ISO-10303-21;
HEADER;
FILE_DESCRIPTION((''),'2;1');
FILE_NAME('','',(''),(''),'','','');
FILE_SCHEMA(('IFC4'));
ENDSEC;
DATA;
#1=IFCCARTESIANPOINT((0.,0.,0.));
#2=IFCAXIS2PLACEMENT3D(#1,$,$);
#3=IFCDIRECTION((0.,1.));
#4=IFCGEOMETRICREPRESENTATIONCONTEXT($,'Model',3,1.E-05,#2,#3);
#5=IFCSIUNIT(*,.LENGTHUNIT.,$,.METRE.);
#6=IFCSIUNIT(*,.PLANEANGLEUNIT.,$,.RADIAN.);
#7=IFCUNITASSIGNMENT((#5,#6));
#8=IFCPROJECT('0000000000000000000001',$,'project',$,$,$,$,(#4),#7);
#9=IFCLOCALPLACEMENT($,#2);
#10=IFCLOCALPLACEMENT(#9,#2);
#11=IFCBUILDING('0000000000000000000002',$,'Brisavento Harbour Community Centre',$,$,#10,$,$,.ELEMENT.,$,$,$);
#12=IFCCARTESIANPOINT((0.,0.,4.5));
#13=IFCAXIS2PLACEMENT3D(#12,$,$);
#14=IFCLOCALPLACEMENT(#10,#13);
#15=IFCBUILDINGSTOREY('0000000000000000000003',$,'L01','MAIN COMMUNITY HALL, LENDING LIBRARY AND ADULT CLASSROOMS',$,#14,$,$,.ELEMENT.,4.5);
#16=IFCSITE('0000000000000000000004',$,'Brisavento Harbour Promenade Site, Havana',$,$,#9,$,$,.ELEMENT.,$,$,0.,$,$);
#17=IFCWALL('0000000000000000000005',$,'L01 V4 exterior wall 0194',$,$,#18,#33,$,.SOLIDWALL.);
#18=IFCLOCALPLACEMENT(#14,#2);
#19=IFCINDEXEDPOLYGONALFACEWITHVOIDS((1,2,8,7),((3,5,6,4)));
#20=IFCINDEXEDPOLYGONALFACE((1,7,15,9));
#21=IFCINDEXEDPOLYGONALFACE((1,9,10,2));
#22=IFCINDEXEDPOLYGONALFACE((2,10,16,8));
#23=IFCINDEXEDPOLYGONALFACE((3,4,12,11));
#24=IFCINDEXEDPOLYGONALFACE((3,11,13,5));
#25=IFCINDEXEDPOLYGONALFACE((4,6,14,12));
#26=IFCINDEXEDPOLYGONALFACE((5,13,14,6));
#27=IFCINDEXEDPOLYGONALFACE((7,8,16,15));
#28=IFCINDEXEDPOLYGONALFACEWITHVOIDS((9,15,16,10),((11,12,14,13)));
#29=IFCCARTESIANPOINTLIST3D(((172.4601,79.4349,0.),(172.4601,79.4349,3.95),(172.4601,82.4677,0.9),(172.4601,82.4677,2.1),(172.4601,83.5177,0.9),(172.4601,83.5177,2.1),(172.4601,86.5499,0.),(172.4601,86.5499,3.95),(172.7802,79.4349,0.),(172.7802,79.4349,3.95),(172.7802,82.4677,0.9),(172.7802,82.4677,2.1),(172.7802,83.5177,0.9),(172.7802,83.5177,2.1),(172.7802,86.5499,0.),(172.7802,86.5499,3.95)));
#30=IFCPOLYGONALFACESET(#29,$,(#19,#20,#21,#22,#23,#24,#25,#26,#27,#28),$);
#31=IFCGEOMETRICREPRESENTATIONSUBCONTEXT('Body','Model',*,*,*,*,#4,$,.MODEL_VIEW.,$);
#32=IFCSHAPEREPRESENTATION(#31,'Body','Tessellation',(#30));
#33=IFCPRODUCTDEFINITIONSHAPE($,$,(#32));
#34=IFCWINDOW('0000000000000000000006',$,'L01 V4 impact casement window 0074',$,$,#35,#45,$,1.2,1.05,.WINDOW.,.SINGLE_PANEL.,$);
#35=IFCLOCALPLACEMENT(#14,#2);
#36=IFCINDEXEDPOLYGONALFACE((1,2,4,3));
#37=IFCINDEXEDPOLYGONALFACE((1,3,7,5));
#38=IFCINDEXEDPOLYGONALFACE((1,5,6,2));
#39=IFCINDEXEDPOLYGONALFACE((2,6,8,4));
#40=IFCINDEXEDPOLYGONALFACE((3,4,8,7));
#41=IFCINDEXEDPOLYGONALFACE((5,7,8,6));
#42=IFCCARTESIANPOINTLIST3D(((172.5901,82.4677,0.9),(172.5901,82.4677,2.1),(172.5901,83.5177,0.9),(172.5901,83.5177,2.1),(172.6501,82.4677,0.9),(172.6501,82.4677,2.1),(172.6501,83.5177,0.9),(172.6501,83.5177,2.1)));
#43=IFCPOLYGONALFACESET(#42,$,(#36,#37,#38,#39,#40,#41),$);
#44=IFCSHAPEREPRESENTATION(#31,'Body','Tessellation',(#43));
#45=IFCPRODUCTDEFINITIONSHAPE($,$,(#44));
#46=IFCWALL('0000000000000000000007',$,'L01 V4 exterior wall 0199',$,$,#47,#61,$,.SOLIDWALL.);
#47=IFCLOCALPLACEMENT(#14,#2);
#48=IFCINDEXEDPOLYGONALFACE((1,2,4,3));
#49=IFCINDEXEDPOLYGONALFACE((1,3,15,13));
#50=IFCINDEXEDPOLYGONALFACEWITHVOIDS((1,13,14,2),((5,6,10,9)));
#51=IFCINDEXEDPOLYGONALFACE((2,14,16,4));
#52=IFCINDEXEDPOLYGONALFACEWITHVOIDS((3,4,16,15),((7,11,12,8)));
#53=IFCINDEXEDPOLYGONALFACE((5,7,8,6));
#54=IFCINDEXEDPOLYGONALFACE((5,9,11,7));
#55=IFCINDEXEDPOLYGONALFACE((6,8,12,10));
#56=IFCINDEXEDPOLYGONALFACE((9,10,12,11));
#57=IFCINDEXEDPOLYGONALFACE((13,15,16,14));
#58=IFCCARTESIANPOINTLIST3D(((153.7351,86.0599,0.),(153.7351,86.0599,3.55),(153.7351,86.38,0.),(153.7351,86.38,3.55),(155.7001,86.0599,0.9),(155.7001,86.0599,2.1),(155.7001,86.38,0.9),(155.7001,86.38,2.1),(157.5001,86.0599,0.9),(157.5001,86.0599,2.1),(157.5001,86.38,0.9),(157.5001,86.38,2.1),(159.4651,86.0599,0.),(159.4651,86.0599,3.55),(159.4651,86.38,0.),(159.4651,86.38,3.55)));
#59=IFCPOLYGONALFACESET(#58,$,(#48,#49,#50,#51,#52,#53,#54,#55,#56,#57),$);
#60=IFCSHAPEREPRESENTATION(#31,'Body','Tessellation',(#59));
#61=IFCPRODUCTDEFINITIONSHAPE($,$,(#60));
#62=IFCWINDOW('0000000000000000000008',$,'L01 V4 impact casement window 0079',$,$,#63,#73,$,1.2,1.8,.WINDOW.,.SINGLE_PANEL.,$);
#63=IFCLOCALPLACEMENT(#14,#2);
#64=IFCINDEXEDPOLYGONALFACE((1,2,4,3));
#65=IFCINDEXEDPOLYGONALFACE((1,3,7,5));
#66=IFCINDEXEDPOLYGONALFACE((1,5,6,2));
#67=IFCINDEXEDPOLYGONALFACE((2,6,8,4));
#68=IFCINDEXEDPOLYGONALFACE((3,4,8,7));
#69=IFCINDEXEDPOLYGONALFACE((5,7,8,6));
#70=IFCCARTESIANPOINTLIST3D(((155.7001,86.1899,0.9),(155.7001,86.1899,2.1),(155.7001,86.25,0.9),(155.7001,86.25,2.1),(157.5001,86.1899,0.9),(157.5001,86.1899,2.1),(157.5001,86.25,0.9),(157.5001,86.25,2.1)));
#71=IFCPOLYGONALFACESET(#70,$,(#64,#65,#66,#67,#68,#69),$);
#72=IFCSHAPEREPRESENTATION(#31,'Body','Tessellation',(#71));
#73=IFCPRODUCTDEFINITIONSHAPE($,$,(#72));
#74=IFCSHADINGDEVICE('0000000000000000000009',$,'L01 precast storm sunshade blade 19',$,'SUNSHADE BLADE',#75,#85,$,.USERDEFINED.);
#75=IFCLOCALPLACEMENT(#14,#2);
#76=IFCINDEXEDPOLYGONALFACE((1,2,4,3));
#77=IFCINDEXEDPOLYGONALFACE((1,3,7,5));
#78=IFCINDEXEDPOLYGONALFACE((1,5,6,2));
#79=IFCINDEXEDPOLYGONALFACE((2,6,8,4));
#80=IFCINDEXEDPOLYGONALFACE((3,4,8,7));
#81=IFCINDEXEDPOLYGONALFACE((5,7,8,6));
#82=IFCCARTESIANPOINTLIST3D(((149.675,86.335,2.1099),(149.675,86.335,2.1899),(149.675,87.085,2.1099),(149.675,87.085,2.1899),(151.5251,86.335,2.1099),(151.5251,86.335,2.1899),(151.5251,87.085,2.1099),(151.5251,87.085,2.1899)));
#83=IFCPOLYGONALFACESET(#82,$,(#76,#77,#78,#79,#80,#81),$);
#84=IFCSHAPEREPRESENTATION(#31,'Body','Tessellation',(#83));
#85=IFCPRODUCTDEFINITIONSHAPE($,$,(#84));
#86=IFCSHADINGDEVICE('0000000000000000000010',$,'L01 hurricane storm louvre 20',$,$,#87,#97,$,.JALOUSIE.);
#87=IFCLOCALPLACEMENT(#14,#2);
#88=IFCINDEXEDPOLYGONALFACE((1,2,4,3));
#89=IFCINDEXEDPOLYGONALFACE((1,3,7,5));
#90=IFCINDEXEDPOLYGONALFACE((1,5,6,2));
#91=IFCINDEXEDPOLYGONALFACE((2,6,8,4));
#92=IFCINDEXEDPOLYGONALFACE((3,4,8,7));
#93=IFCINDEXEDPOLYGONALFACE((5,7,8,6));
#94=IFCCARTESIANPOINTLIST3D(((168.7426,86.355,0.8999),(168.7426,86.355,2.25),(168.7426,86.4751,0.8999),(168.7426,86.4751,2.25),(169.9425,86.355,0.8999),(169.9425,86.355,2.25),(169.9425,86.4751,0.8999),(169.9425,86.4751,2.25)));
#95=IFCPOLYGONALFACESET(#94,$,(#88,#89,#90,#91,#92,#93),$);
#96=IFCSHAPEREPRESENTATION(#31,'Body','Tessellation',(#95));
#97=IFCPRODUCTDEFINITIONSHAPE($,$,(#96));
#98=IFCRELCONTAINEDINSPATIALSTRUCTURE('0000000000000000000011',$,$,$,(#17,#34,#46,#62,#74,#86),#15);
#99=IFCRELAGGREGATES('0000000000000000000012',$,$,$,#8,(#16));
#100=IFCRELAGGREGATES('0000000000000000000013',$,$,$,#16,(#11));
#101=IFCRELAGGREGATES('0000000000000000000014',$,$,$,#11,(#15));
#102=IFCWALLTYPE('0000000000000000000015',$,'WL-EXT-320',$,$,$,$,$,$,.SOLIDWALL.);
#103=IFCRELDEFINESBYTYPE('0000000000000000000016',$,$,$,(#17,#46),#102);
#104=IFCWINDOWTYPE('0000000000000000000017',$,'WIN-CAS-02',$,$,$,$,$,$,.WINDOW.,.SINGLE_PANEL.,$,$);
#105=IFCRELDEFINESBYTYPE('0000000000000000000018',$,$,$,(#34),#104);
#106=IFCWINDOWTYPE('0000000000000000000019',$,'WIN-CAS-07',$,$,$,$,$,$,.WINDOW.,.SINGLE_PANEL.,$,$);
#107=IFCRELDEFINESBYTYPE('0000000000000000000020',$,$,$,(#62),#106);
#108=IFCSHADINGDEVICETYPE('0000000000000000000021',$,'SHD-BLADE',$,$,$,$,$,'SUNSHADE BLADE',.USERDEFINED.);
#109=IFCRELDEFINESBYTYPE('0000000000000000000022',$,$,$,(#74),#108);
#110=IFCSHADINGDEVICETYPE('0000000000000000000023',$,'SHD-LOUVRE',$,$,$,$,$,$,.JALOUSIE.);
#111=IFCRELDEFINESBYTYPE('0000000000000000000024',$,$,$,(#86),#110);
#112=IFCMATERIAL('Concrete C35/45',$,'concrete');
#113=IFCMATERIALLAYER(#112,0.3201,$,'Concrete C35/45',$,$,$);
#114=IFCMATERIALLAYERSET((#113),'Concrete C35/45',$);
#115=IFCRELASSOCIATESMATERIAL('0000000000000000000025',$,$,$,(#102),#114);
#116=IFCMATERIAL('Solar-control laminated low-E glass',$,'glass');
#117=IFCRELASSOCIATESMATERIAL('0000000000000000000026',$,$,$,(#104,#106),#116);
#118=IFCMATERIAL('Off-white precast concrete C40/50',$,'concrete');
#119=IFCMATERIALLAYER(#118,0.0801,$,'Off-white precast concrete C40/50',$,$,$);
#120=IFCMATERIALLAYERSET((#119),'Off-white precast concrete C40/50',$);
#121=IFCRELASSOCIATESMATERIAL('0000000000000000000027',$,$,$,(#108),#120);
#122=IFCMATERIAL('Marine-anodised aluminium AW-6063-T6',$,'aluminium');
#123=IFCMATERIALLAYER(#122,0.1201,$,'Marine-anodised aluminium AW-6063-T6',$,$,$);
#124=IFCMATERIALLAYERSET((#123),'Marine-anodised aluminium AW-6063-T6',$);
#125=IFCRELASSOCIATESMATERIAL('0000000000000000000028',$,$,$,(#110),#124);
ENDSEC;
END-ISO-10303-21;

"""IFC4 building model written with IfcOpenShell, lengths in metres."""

from ifc_helpers import new_model, si_unit, direction, frame, frame_2d, origin, origin_2d, place, context, subcontext, project, spatial, rectangle, extrude, material, layer, layer_set, type_object, element, fill, save


model = new_model("IFC4")

# Units and contexts
model_context = context("Model", 3, precision=1e-05, world=origin(), true_north=direction((0.0, 1.0)))
body_context = subcontext(model_context, "Body", "Model", "MODEL_VIEW")
ifc_project = project(units=[si_unit("LENGTHUNIT", "METRE"), si_unit("PLANEANGLEUNIT", "RADIAN")], contexts=[model_context])

# Site, building, storey
site_placement = place(None, origin())
site = spatial("IfcSite", under=ifc_project, at=site_placement, Name="Brisavento Harbour Promenade Site, Havana", CompositionType="ELEMENT", RefElevation=0.0)
building_placement = place(site_placement, origin())
building = spatial("IfcBuilding", under=site, at=building_placement, Name="Brisavento Harbour Community Centre", CompositionType="ELEMENT")
storey_placement = place(building_placement, frame((0.0, 0.0, 4.5)))
storey = spatial("IfcBuildingStorey", under=building, at=storey_placement, Name="L01", Description="MAIN COMMUNITY HALL, LENDING LIBRARY AND ADULT CLASSROOMS", CompositionType="ELEMENT", Elevation=4.5)

# Walls, openings, windows
ifc_material_1 = material(Name="Solar-control laminated low-E glass", Category="glass")
ifc_material_2 = material(Name="Concrete C35/45", Category="concrete")
ifc_layer_1 = layer(ifc_material_2, 0.3201, Name="Concrete C35/45")
ifc_layer_set_1 = layer_set([ifc_layer_1], Name="Concrete C35/45")
wall_type_1 = type_object("IfcWallType", Name="WL-EXT-320", PredefinedType="SOLIDWALL", material=ifc_layer_set_1)
wall_1_placement = place(storey_placement, frame((172.6201, 86.55, 0.0), z_axis=(0.0, 0.0, 1.0), x_axis=(0.0, -1.0, 0.0)))
wall_1 = element("IfcWall", 1, at=wall_1_placement, inside=storey, type_object=wall_type_1, Name="L01 V4 exterior wall 0194", PredefinedType="SOLIDWALL", context=body_context, shape_type="SweptSolid", body=[
    extrude(rectangle(XDim=7.115, YDim=0.3201, at=frame_2d((3.5576, 0.0))), origin(), (0.0, 0.0, 1.0), 3.95),
])
opening_1_placement = place(wall_1_placement, frame((3.0325, 0.0, 0.8999)))
opening_1 = element("IfcOpeningElement", 2, at=opening_1_placement, cuts=wall_1, PredefinedType="OPENING", context=body_context, shape_type="SweptSolid", body=[
    extrude(rectangle(XDim=1.05, YDim=1.2, at=frame_2d((0.5249, 0.6001))), frame((0.0, 0.1699, 0.0), z_axis=(0.0, -1.0, 0.0), x_axis=(1.0, 0.0, 0.0)), (0.0, 0.0, 1.0), 0.3401),
])
window_type_1 = type_object("IfcWindowType", Name="WIN-CAS-02", PartitioningType="SINGLE_PANEL", PredefinedType="WINDOW", material=ifc_material_1)
window_1_placement = place(opening_1_placement, origin())
window_1 = element("IfcWindow", 3, at=window_1_placement, inside=storey, type_object=window_type_1, Name="L01 V4 impact casement window 0074", OverallHeight=1.2, OverallWidth=1.05, PartitioningType="SINGLE_PANEL", PredefinedType="WINDOW", context=body_context, shape_type="SweptSolid", body=[
    extrude(rectangle(XDim=1.05, YDim=1.2, at=frame_2d((0.5249, 0.6001))), frame((0.0, 0.03, 0.0), z_axis=(0.0, -1.0, 0.0), x_axis=(1.0, 0.0, 0.0)), (0.0, 0.0, 1.0), 0.0601),
])
fill(opening_1, window_1)
wall_2_placement = place(storey_placement, frame((153.7351, 86.22, 0.0), z_axis=(0.0, 0.0, 1.0), x_axis=(1.0, 0.0, 0.0)))
wall_2 = element("IfcWall", 4, at=wall_2_placement, inside=storey, type_object=wall_type_1, Name="L01 V4 exterior wall 0199", PredefinedType="SOLIDWALL", context=body_context, shape_type="SweptSolid", body=[
    extrude(rectangle(XDim=5.73, YDim=0.3201, at=frame_2d((2.865, 0.0))), origin(), (0.0, 0.0, 1.0), 3.55),
])
opening_2_placement = place(wall_2_placement, frame((1.9651, 0.0, 0.8999)))
opening_2 = element("IfcOpeningElement", 5, at=opening_2_placement, cuts=wall_2, PredefinedType="OPENING", context=body_context, shape_type="SweptSolid", body=[
    extrude(rectangle(XDim=1.8, YDim=1.2, at=frame_2d((0.8999, 0.6001))), frame((0.0, 0.1699, 0.0), z_axis=(0.0, -1.0, 0.0), x_axis=(1.0, 0.0, 0.0)), (0.0, 0.0, 1.0), 0.3401),
])
window_type_2 = type_object("IfcWindowType", Name="WIN-CAS-07", PartitioningType="SINGLE_PANEL", PredefinedType="WINDOW", material=ifc_material_1)
window_2_placement = place(opening_2_placement, origin())
window_2 = element("IfcWindow", 6, at=window_2_placement, inside=storey, type_object=window_type_2, Name="L01 V4 impact casement window 0079", OverallHeight=1.2, OverallWidth=1.8, PartitioningType="SINGLE_PANEL", PredefinedType="WINDOW", context=body_context, shape_type="SweptSolid", body=[
    extrude(rectangle(XDim=1.8, YDim=1.2, at=frame_2d((0.8999, 0.6001))), frame((0.0, 0.03, 0.0), z_axis=(0.0, -1.0, 0.0), x_axis=(1.0, 0.0, 0.0)), (0.0, 0.0, 1.0), 0.0601),
])
fill(opening_2, window_2)

# Shading devices
ifc_material_3 = material(Name="Off-white precast concrete C40/50", Category="concrete")
ifc_layer_2 = layer(ifc_material_3, 0.0801, Name="Off-white precast concrete C40/50")
ifc_layer_set_2 = layer_set([ifc_layer_2], Name="Off-white precast concrete C40/50")
shading_device_type_1 = type_object("IfcShadingDeviceType", Name="SHD-BLADE", ElementType="SUNSHADE BLADE", PredefinedType="USERDEFINED", material=ifc_layer_set_2)
shading_device_1_placement = place(storey_placement, frame((150.6001, 86.71, 2.1099), z_axis=(0.0, 0.0, 1.0), x_axis=(1.0, 0.0, 0.0)))
element("IfcShadingDevice", 7, at=shading_device_1_placement, inside=storey, type_object=shading_device_type_1, Name="L01 precast storm sunshade blade 19", ObjectType="SUNSHADE BLADE", PredefinedType="USERDEFINED", context=body_context, shape_type="SweptSolid", body=[
    extrude(rectangle(XDim=1.8501, YDim=0.75, at=origin_2d()), origin(), (0.0, 0.0, 1.0), 0.0801),
])
ifc_material_4 = material(Name="Marine-anodised aluminium AW-6063-T6", Category="aluminium")
ifc_layer_3 = layer(ifc_material_4, 0.1201, Name="Marine-anodised aluminium AW-6063-T6")
ifc_layer_set_3 = layer_set([ifc_layer_3], Name="Marine-anodised aluminium AW-6063-T6")
shading_device_type_2 = type_object("IfcShadingDeviceType", Name="SHD-LOUVRE", PredefinedType="JALOUSIE", material=ifc_layer_set_3)
shading_device_2_placement = place(storey_placement, frame((169.3425, 86.415, 0.8999), z_axis=(0.0, 0.0, 1.0), x_axis=(1.0, 0.0, 0.0)))
element("IfcShadingDevice", 8, at=shading_device_2_placement, inside=storey, type_object=shading_device_type_2, Name="L01 hurricane storm louvre 20", PredefinedType="JALOUSIE", context=body_context, shape_type="SweptSolid", body=[
    extrude(rectangle(XDim=1.2, YDim=0.1201, at=origin_2d()), origin(), (0.0, 0.0, 1.0), 1.3501),
])

save(model, "model.ifc")
